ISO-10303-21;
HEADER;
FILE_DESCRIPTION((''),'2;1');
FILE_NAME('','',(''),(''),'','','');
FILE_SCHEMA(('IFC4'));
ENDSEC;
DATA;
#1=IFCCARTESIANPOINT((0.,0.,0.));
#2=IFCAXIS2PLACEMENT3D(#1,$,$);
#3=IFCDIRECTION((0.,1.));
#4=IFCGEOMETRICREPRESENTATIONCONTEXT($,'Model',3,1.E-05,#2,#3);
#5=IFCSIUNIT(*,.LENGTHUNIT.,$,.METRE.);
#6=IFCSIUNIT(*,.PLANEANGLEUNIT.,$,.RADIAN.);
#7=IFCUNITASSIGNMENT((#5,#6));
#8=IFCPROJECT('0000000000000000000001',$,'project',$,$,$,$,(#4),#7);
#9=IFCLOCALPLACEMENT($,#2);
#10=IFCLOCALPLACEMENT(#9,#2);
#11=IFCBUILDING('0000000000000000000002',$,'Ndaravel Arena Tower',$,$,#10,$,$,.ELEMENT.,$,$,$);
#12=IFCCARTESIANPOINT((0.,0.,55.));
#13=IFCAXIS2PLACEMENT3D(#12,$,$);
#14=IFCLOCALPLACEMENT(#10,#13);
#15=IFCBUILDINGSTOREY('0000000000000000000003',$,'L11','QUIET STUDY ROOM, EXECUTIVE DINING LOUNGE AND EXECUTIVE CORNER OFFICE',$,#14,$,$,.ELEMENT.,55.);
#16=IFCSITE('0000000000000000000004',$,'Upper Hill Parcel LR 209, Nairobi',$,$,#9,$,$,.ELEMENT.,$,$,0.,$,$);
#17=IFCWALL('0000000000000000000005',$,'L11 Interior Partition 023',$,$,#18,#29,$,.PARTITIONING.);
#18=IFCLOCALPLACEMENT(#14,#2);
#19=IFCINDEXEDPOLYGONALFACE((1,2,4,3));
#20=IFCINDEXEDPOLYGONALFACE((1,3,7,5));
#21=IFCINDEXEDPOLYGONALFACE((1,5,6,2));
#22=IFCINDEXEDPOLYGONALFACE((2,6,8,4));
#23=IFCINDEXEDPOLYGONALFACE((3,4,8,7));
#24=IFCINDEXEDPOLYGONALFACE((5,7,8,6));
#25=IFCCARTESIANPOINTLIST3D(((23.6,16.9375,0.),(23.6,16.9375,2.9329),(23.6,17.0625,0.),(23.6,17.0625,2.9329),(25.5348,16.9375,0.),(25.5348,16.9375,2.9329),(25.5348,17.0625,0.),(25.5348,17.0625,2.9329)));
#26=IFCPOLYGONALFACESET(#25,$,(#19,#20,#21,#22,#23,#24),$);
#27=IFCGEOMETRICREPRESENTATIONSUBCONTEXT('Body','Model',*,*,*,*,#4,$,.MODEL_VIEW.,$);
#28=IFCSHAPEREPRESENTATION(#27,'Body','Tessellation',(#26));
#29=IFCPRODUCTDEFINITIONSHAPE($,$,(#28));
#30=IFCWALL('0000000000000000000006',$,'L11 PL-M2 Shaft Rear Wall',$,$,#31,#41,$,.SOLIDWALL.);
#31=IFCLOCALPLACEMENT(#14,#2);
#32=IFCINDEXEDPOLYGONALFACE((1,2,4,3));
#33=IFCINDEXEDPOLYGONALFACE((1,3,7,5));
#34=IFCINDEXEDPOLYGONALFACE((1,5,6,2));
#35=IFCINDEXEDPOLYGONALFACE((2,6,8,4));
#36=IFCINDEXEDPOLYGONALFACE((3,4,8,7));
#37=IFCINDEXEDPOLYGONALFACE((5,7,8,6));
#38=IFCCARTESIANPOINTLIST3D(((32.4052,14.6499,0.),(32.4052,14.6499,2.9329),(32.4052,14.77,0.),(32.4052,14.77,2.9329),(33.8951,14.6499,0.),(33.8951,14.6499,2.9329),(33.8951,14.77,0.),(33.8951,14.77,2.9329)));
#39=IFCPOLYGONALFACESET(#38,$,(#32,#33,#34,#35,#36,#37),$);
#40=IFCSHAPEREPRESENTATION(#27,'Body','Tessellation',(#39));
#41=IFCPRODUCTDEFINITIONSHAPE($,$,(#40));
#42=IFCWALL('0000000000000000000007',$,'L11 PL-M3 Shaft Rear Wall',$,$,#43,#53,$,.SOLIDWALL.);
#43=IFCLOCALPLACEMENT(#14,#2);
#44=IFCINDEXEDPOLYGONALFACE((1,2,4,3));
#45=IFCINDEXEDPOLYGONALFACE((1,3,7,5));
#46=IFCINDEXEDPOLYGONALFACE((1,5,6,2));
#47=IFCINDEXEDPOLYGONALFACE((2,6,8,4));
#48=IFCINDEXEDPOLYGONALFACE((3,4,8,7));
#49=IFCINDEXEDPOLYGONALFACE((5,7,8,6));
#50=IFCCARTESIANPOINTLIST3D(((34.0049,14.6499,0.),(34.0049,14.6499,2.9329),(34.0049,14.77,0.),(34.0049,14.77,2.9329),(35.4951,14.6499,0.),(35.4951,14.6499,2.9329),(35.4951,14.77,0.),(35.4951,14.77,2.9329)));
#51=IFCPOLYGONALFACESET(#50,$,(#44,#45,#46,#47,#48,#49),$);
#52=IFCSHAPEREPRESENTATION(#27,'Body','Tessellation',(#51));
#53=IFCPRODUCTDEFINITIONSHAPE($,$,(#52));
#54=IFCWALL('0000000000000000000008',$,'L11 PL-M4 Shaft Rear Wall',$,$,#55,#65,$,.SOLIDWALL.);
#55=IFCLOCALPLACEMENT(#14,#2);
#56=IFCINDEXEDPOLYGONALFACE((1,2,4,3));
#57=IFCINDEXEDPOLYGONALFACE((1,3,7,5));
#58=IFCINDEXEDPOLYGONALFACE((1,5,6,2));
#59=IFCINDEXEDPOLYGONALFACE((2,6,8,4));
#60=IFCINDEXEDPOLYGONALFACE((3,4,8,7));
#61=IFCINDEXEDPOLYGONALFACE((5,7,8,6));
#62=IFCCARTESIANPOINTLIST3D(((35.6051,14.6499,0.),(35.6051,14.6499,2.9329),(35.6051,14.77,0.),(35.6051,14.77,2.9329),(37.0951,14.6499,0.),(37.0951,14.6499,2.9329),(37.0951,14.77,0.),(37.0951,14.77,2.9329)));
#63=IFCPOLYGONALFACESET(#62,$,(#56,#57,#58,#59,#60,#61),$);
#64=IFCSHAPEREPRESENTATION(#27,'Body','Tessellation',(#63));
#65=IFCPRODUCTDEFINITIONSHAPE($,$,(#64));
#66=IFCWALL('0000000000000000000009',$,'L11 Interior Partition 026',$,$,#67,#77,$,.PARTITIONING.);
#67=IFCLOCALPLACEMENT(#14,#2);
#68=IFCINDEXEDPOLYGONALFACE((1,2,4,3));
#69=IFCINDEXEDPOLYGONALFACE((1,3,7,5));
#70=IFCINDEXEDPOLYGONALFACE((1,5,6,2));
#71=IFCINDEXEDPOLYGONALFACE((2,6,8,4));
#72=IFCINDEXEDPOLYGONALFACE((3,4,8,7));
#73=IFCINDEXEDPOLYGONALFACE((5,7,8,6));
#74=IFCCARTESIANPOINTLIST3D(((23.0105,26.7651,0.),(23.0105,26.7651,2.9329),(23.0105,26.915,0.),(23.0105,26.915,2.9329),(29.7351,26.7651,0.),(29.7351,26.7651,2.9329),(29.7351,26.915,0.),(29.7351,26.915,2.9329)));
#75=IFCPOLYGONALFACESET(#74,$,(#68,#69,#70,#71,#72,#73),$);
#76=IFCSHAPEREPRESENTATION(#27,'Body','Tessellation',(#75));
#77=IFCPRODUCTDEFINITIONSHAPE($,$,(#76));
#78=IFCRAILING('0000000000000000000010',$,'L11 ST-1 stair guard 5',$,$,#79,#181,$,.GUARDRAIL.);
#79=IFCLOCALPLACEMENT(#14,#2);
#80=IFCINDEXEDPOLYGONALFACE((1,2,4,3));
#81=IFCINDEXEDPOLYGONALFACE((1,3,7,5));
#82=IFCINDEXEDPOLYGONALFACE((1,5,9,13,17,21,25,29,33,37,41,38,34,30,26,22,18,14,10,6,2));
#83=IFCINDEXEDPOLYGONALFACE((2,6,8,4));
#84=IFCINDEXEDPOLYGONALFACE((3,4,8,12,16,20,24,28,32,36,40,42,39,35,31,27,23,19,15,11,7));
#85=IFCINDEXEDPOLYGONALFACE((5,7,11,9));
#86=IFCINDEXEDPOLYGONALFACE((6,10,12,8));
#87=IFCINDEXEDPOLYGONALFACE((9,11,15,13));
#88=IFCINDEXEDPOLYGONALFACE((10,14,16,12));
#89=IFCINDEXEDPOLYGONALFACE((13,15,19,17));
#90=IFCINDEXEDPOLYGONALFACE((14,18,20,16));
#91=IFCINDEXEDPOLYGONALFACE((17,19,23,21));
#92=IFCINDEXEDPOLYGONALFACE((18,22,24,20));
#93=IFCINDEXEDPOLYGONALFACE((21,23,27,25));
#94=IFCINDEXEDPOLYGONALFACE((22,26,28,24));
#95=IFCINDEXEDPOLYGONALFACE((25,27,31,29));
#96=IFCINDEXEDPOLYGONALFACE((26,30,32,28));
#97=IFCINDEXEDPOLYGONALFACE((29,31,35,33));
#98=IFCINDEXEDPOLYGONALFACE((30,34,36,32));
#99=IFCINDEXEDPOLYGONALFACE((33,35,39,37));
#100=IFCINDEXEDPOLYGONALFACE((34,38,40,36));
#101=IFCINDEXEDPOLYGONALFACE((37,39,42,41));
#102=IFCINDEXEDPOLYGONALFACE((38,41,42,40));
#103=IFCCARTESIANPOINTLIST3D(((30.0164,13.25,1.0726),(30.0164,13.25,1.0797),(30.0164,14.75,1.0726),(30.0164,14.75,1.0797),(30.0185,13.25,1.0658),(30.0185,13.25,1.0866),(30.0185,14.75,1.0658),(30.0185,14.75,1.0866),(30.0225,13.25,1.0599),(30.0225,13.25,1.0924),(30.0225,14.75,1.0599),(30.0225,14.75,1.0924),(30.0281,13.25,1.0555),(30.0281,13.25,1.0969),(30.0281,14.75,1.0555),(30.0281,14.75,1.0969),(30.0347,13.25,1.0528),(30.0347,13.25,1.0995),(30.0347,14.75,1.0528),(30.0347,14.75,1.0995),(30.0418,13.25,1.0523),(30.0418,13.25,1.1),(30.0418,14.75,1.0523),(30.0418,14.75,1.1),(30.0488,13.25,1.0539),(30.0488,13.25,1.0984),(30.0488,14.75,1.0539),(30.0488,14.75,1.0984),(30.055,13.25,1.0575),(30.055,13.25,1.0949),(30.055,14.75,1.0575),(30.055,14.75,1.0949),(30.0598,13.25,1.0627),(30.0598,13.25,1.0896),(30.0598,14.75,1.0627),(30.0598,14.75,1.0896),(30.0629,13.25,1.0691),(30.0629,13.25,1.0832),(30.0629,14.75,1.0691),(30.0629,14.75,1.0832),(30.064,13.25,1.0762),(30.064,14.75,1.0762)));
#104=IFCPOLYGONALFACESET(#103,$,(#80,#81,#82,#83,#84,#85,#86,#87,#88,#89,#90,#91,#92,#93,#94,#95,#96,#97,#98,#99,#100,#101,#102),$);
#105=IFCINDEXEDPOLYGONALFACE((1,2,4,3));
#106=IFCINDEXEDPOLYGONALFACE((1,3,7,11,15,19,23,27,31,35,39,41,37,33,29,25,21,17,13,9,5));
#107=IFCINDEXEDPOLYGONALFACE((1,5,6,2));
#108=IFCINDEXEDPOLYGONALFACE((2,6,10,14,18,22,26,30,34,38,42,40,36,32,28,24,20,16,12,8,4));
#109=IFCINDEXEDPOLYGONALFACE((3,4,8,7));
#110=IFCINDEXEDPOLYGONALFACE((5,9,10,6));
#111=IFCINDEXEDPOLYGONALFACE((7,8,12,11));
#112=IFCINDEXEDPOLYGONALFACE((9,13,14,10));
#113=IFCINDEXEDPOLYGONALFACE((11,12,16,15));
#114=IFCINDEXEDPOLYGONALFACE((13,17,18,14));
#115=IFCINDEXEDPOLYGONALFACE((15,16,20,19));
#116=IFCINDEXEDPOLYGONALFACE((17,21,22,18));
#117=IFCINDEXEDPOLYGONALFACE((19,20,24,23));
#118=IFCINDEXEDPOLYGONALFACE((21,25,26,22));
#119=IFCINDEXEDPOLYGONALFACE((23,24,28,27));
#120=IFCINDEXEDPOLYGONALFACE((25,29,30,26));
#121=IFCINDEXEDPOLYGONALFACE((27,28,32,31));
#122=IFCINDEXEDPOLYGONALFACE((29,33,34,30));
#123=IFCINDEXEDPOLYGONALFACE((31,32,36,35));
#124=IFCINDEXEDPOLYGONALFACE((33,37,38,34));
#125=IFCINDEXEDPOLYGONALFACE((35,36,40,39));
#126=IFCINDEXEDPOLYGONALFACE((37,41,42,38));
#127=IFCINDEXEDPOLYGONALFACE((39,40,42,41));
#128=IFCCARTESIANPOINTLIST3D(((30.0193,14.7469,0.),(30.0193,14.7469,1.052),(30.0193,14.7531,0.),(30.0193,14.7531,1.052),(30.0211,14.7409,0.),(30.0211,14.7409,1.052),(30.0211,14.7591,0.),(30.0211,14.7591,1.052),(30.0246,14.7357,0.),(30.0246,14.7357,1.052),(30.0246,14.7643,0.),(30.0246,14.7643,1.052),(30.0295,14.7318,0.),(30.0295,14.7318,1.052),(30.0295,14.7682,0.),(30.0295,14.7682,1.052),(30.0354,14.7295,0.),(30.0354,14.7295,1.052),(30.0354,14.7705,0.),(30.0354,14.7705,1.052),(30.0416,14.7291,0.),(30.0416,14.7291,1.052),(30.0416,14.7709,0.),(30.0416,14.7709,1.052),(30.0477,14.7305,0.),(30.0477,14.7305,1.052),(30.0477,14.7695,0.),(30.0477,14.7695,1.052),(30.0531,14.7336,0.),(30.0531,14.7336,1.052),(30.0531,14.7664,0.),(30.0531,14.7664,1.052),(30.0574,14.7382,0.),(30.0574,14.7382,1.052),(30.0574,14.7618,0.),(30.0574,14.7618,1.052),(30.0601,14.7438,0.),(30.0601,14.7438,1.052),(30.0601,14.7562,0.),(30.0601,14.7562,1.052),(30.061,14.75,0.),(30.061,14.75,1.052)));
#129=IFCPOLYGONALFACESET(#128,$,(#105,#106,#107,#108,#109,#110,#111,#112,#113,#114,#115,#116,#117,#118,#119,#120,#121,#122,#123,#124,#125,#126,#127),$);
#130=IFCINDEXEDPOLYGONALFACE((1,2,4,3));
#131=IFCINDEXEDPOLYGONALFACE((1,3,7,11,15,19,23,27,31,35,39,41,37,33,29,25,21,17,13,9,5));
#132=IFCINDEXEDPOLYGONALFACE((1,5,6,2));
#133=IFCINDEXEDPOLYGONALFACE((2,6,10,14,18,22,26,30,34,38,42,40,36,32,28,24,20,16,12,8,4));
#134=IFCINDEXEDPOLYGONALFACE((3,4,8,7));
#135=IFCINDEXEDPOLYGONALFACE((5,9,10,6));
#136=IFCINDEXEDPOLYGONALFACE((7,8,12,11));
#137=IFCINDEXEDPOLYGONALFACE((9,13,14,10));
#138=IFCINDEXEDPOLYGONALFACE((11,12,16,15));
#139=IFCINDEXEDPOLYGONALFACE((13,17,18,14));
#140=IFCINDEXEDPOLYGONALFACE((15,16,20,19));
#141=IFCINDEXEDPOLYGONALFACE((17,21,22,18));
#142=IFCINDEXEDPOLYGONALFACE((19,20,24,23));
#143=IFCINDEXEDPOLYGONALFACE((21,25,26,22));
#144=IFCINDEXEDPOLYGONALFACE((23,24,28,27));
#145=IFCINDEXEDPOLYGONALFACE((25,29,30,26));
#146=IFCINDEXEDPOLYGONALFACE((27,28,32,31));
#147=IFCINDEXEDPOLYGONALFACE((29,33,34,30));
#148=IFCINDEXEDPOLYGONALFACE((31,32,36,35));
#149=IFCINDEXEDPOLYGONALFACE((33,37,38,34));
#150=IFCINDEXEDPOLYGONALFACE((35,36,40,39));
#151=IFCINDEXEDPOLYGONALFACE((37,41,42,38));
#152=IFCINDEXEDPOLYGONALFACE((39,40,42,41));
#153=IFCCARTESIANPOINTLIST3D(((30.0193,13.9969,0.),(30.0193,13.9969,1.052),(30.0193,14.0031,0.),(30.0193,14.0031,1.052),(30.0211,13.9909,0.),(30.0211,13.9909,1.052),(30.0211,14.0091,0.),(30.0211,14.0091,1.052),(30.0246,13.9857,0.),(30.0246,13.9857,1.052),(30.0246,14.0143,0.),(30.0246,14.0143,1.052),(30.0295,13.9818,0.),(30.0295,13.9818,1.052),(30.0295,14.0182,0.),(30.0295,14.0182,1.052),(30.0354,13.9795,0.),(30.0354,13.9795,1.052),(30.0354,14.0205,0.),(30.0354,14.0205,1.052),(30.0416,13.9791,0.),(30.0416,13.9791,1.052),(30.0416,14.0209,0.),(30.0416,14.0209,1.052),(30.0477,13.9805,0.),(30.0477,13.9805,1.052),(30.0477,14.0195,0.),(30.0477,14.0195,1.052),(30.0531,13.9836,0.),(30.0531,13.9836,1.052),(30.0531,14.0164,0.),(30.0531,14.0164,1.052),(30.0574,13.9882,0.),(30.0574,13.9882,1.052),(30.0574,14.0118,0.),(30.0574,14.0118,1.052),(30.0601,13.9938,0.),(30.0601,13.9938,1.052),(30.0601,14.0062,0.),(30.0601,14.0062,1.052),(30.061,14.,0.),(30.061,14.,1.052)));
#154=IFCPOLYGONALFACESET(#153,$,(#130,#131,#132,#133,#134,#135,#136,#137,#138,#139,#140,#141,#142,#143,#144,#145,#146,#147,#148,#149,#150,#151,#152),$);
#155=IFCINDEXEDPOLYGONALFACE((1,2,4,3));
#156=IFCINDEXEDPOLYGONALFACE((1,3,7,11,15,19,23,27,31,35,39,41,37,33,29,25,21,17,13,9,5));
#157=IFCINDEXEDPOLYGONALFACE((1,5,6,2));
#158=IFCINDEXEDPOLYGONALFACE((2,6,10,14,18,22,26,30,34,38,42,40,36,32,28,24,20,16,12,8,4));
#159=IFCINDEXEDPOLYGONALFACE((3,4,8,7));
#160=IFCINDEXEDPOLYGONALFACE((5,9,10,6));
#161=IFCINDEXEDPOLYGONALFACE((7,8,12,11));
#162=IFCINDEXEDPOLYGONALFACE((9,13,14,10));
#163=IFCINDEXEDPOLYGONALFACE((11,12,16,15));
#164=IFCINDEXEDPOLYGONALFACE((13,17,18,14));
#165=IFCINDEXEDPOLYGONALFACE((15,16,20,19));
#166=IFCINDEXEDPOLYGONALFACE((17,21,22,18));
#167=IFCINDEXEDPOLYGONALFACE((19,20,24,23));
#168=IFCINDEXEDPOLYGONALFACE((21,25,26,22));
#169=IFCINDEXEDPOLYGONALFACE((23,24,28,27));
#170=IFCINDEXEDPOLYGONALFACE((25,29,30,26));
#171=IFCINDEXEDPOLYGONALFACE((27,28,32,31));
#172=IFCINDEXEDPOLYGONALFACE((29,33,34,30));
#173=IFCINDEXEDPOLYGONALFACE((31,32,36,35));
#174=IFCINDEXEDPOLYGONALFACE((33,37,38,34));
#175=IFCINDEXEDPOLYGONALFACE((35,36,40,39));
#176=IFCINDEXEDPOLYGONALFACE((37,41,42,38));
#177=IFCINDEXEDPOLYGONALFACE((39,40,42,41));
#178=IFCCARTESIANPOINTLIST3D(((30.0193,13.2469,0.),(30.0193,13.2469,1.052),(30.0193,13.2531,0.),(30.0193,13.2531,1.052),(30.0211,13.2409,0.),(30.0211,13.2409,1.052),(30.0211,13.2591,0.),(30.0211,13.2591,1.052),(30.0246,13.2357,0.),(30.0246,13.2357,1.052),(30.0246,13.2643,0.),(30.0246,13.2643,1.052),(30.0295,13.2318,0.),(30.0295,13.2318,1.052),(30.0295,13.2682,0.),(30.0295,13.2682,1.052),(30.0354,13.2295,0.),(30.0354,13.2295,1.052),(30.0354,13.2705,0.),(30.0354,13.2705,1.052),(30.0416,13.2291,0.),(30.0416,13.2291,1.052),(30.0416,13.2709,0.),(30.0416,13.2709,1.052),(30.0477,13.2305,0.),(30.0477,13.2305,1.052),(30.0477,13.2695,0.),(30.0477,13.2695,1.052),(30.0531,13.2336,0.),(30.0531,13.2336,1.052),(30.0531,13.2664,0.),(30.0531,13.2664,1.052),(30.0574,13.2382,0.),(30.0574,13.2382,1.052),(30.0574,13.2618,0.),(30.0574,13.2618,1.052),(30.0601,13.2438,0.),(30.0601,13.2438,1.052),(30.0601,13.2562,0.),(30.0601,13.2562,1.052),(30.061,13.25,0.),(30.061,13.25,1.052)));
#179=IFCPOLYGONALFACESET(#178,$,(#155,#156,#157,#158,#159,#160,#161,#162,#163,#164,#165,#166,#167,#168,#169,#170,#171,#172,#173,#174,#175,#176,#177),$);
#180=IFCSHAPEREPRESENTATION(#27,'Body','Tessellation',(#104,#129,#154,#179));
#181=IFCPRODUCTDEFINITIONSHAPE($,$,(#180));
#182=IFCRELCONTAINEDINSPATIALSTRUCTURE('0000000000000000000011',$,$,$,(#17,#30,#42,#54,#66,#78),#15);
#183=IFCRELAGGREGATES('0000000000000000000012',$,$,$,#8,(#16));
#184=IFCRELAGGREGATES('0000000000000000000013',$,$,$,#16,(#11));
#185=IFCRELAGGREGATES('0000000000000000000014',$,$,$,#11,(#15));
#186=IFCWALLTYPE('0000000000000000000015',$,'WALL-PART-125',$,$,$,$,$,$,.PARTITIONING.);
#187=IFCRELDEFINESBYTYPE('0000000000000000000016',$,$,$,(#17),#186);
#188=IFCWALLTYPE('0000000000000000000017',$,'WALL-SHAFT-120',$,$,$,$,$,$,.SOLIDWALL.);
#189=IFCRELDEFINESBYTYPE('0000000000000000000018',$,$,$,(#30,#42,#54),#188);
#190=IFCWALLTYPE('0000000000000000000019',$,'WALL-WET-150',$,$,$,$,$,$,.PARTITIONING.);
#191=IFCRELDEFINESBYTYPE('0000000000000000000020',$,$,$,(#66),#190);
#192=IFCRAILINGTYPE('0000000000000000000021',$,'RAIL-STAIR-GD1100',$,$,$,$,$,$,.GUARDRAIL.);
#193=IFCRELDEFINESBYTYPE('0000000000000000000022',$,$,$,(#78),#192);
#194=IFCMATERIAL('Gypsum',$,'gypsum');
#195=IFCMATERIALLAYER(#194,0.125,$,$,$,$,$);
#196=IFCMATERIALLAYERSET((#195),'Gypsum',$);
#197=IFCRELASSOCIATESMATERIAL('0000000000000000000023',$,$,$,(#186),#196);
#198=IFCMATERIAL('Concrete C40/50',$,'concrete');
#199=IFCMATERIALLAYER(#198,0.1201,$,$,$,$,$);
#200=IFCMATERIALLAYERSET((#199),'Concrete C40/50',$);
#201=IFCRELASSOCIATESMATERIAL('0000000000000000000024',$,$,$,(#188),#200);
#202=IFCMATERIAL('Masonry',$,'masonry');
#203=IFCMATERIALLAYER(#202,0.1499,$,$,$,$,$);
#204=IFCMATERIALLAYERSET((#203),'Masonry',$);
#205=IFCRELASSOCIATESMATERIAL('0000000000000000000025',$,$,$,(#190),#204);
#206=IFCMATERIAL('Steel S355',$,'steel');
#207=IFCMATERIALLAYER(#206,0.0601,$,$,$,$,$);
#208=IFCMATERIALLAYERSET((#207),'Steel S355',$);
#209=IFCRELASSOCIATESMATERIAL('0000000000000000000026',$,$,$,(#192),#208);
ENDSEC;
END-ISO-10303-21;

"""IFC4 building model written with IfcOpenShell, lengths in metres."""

from ifc_helpers import new_model, si_unit, direction, frame, frame_2d, origin, origin_2d, place, context, subcontext, project, spatial, rectangle, circle, extrude, material, layer, layer_set, type_object, element, save


model = new_model("IFC4")

# Units and contexts
model_context = context("Model", 3, precision=1e-05, world=origin(), true_north=direction((0.0, 1.0)))
body_context = subcontext(model_context, "Body", "Model", "MODEL_VIEW")
ifc_project = project(units=[si_unit("LENGTHUNIT", "METRE"), si_unit("PLANEANGLEUNIT", "RADIAN")], contexts=[model_context])

# Site, building, storey
site_placement = place(None, origin())
site = spatial("IfcSite", under=ifc_project, at=site_placement, Name="Upper Hill Parcel LR 209, Nairobi", CompositionType="ELEMENT", RefElevation=0.0)
building_placement = place(site_placement, origin())
building = spatial("IfcBuilding", under=site, at=building_placement, Name="Ndaravel Arena Tower", CompositionType="ELEMENT")
storey_placement = place(building_placement, frame((0.0, 0.0, 55.0)))
storey = spatial("IfcBuildingStorey", under=building, at=storey_placement, Name="L11", Description="QUIET STUDY ROOM, EXECUTIVE DINING LOUNGE AND EXECUTIVE CORNER OFFICE", CompositionType="ELEMENT", Elevation=55.0)

# Shared definitions
ifc_material_1 = material(Name="Gypsum", Category="gypsum")
ifc_layer_1 = layer(ifc_material_1, 0.125)
ifc_layer_set_1 = layer_set([ifc_layer_1], Name="Gypsum")
wall_type_1 = type_object("IfcWallType", Name="WALL-PART-125", PredefinedType="PARTITIONING", material=ifc_layer_set_1)

# Walls
wall_1_placement = place(storey_placement, frame((23.6001, 17.0, 0.0), z_axis=(0.0, 0.0, 1.0), x_axis=(1.0, 0.0, 0.0)))
element("IfcWall", 1, at=wall_1_placement, inside=storey, type_object=wall_type_1, Name="L11 Interior Partition 023", PredefinedType="PARTITIONING", context=body_context, shape_type="SweptSolid", body=[
    extrude(rectangle(XDim=1.9348, YDim=0.125, at=frame_2d((0.9673, 0.0))), origin(), (0.0, 0.0, 1.0), 2.9329),
])
ifc_material_2 = material(Name="Concrete C40/50", Category="concrete")
ifc_layer_2 = layer(ifc_material_2, 0.1201)
ifc_layer_set_2 = layer_set([ifc_layer_2], Name="Concrete C40/50")
wall_type_2 = type_object("IfcWallType", Name="WALL-SHAFT-120", PredefinedType="SOLIDWALL", material=ifc_layer_set_2)
wall_2_placement = place(storey_placement, frame((32.405, 14.71, 0.0), z_axis=(0.0, 0.0, 1.0), x_axis=(1.0, 0.0, 0.0)))
element("IfcWall", 2, at=wall_2_placement, inside=storey, type_object=wall_type_2, Name="L11 PL-M2 Shaft Rear Wall", PredefinedType="SOLIDWALL", context=body_context, shape_type="SweptSolid", body=[
    extrude(rectangle(XDim=1.49, YDim=0.1201, at=frame_2d((0.7451, 0.0))), origin(), (0.0, 0.0, 1.0), 2.9329),
])
wall_3_placement = place(storey_placement, frame((34.0049, 14.71, 0.0), z_axis=(0.0, 0.0, 1.0), x_axis=(1.0, 0.0, 0.0)))
element("IfcWall", 3, at=wall_3_placement, inside=storey, type_object=wall_type_2, Name="L11 PL-M3 Shaft Rear Wall", PredefinedType="SOLIDWALL", context=body_context, shape_type="SweptSolid", body=[
    extrude(rectangle(XDim=1.4902, YDim=0.1201, at=frame_2d((0.7451, 0.0))), origin(), (0.0, 0.0, 1.0), 2.9329),
])
wall_4_placement = place(storey_placement, frame((35.605, 14.71, 0.0), z_axis=(0.0, 0.0, 1.0), x_axis=(1.0, 0.0, 0.0)))
element("IfcWall", 4, at=wall_4_placement, inside=storey, type_object=wall_type_2, Name="L11 PL-M4 Shaft Rear Wall", PredefinedType="SOLIDWALL", context=body_context, shape_type="SweptSolid", body=[
    extrude(rectangle(XDim=1.49, YDim=0.1201, at=frame_2d((0.7451, 0.0))), origin(), (0.0, 0.0, 1.0), 2.9329),
])
ifc_material_3 = material(Name="Masonry", Category="masonry")
ifc_layer_3 = layer(ifc_material_3, 0.1499)
ifc_layer_set_3 = layer_set([ifc_layer_3], Name="Masonry")
wall_type_3 = type_object("IfcWallType", Name="WALL-WET-150", PredefinedType="PARTITIONING", material=ifc_layer_set_3)
wall_5_placement = place(storey_placement, frame((23.0105, 26.8401, 0.0), z_axis=(0.0, 0.0, 1.0), x_axis=(1.0, 0.0, 0.0)))
element("IfcWall", 5, at=wall_5_placement, inside=storey, type_object=wall_type_3, Name="L11 Interior Partition 026", PredefinedType="PARTITIONING", context=body_context, shape_type="SweptSolid", body=[
    extrude(rectangle(XDim=6.7246, YDim=0.1499, at=frame_2d((3.3623, 0.0))), origin(), (0.0, 0.0, 1.0), 2.9329),
])

# Railing
ifc_material_4 = material(Name="Steel S355", Category="steel")
ifc_layer_4 = layer(ifc_material_4, 0.0601)
ifc_layer_set_4 = layer_set([ifc_layer_4], Name="Steel S355")
railing_type = type_object("IfcRailingType", Name="RAIL-STAIR-GD1100", PredefinedType="GUARDRAIL", material=ifc_layer_set_4)
railing_placement = place(storey_placement, frame((30.04, 14.75, 0.0)))
element("IfcRailing", 6, at=railing_placement, inside=storey, type_object=railing_type, Name="L11 ST-1 stair guard 5", PredefinedType="GUARDRAIL", context=body_context, shape_type="SweptSolid", body=[
    extrude(circle(Radius=0.0239, at=origin_2d()), frame((0.0, 0.0, 1.0762), z_axis=(0.0, -1.0, 0.0), x_axis=(1.0, 0.0, 0.0)), (0.0, 0.0, 1.0), 1.5),
    extrude(circle(Radius=0.021, at=origin_2d()), origin(), (0.0, 0.0, 1.0), 1.052),
    extrude(circle(Radius=0.021, at=origin_2d()), frame((0.0, -0.75, 0.0)), (0.0, 0.0, 1.0), 1.052),
    extrude(circle(Radius=0.021, at=origin_2d()), frame((0.0, -1.5, 0.0)), (0.0, 0.0, 1.0), 1.052),
])

save(model, "model.ifc")
